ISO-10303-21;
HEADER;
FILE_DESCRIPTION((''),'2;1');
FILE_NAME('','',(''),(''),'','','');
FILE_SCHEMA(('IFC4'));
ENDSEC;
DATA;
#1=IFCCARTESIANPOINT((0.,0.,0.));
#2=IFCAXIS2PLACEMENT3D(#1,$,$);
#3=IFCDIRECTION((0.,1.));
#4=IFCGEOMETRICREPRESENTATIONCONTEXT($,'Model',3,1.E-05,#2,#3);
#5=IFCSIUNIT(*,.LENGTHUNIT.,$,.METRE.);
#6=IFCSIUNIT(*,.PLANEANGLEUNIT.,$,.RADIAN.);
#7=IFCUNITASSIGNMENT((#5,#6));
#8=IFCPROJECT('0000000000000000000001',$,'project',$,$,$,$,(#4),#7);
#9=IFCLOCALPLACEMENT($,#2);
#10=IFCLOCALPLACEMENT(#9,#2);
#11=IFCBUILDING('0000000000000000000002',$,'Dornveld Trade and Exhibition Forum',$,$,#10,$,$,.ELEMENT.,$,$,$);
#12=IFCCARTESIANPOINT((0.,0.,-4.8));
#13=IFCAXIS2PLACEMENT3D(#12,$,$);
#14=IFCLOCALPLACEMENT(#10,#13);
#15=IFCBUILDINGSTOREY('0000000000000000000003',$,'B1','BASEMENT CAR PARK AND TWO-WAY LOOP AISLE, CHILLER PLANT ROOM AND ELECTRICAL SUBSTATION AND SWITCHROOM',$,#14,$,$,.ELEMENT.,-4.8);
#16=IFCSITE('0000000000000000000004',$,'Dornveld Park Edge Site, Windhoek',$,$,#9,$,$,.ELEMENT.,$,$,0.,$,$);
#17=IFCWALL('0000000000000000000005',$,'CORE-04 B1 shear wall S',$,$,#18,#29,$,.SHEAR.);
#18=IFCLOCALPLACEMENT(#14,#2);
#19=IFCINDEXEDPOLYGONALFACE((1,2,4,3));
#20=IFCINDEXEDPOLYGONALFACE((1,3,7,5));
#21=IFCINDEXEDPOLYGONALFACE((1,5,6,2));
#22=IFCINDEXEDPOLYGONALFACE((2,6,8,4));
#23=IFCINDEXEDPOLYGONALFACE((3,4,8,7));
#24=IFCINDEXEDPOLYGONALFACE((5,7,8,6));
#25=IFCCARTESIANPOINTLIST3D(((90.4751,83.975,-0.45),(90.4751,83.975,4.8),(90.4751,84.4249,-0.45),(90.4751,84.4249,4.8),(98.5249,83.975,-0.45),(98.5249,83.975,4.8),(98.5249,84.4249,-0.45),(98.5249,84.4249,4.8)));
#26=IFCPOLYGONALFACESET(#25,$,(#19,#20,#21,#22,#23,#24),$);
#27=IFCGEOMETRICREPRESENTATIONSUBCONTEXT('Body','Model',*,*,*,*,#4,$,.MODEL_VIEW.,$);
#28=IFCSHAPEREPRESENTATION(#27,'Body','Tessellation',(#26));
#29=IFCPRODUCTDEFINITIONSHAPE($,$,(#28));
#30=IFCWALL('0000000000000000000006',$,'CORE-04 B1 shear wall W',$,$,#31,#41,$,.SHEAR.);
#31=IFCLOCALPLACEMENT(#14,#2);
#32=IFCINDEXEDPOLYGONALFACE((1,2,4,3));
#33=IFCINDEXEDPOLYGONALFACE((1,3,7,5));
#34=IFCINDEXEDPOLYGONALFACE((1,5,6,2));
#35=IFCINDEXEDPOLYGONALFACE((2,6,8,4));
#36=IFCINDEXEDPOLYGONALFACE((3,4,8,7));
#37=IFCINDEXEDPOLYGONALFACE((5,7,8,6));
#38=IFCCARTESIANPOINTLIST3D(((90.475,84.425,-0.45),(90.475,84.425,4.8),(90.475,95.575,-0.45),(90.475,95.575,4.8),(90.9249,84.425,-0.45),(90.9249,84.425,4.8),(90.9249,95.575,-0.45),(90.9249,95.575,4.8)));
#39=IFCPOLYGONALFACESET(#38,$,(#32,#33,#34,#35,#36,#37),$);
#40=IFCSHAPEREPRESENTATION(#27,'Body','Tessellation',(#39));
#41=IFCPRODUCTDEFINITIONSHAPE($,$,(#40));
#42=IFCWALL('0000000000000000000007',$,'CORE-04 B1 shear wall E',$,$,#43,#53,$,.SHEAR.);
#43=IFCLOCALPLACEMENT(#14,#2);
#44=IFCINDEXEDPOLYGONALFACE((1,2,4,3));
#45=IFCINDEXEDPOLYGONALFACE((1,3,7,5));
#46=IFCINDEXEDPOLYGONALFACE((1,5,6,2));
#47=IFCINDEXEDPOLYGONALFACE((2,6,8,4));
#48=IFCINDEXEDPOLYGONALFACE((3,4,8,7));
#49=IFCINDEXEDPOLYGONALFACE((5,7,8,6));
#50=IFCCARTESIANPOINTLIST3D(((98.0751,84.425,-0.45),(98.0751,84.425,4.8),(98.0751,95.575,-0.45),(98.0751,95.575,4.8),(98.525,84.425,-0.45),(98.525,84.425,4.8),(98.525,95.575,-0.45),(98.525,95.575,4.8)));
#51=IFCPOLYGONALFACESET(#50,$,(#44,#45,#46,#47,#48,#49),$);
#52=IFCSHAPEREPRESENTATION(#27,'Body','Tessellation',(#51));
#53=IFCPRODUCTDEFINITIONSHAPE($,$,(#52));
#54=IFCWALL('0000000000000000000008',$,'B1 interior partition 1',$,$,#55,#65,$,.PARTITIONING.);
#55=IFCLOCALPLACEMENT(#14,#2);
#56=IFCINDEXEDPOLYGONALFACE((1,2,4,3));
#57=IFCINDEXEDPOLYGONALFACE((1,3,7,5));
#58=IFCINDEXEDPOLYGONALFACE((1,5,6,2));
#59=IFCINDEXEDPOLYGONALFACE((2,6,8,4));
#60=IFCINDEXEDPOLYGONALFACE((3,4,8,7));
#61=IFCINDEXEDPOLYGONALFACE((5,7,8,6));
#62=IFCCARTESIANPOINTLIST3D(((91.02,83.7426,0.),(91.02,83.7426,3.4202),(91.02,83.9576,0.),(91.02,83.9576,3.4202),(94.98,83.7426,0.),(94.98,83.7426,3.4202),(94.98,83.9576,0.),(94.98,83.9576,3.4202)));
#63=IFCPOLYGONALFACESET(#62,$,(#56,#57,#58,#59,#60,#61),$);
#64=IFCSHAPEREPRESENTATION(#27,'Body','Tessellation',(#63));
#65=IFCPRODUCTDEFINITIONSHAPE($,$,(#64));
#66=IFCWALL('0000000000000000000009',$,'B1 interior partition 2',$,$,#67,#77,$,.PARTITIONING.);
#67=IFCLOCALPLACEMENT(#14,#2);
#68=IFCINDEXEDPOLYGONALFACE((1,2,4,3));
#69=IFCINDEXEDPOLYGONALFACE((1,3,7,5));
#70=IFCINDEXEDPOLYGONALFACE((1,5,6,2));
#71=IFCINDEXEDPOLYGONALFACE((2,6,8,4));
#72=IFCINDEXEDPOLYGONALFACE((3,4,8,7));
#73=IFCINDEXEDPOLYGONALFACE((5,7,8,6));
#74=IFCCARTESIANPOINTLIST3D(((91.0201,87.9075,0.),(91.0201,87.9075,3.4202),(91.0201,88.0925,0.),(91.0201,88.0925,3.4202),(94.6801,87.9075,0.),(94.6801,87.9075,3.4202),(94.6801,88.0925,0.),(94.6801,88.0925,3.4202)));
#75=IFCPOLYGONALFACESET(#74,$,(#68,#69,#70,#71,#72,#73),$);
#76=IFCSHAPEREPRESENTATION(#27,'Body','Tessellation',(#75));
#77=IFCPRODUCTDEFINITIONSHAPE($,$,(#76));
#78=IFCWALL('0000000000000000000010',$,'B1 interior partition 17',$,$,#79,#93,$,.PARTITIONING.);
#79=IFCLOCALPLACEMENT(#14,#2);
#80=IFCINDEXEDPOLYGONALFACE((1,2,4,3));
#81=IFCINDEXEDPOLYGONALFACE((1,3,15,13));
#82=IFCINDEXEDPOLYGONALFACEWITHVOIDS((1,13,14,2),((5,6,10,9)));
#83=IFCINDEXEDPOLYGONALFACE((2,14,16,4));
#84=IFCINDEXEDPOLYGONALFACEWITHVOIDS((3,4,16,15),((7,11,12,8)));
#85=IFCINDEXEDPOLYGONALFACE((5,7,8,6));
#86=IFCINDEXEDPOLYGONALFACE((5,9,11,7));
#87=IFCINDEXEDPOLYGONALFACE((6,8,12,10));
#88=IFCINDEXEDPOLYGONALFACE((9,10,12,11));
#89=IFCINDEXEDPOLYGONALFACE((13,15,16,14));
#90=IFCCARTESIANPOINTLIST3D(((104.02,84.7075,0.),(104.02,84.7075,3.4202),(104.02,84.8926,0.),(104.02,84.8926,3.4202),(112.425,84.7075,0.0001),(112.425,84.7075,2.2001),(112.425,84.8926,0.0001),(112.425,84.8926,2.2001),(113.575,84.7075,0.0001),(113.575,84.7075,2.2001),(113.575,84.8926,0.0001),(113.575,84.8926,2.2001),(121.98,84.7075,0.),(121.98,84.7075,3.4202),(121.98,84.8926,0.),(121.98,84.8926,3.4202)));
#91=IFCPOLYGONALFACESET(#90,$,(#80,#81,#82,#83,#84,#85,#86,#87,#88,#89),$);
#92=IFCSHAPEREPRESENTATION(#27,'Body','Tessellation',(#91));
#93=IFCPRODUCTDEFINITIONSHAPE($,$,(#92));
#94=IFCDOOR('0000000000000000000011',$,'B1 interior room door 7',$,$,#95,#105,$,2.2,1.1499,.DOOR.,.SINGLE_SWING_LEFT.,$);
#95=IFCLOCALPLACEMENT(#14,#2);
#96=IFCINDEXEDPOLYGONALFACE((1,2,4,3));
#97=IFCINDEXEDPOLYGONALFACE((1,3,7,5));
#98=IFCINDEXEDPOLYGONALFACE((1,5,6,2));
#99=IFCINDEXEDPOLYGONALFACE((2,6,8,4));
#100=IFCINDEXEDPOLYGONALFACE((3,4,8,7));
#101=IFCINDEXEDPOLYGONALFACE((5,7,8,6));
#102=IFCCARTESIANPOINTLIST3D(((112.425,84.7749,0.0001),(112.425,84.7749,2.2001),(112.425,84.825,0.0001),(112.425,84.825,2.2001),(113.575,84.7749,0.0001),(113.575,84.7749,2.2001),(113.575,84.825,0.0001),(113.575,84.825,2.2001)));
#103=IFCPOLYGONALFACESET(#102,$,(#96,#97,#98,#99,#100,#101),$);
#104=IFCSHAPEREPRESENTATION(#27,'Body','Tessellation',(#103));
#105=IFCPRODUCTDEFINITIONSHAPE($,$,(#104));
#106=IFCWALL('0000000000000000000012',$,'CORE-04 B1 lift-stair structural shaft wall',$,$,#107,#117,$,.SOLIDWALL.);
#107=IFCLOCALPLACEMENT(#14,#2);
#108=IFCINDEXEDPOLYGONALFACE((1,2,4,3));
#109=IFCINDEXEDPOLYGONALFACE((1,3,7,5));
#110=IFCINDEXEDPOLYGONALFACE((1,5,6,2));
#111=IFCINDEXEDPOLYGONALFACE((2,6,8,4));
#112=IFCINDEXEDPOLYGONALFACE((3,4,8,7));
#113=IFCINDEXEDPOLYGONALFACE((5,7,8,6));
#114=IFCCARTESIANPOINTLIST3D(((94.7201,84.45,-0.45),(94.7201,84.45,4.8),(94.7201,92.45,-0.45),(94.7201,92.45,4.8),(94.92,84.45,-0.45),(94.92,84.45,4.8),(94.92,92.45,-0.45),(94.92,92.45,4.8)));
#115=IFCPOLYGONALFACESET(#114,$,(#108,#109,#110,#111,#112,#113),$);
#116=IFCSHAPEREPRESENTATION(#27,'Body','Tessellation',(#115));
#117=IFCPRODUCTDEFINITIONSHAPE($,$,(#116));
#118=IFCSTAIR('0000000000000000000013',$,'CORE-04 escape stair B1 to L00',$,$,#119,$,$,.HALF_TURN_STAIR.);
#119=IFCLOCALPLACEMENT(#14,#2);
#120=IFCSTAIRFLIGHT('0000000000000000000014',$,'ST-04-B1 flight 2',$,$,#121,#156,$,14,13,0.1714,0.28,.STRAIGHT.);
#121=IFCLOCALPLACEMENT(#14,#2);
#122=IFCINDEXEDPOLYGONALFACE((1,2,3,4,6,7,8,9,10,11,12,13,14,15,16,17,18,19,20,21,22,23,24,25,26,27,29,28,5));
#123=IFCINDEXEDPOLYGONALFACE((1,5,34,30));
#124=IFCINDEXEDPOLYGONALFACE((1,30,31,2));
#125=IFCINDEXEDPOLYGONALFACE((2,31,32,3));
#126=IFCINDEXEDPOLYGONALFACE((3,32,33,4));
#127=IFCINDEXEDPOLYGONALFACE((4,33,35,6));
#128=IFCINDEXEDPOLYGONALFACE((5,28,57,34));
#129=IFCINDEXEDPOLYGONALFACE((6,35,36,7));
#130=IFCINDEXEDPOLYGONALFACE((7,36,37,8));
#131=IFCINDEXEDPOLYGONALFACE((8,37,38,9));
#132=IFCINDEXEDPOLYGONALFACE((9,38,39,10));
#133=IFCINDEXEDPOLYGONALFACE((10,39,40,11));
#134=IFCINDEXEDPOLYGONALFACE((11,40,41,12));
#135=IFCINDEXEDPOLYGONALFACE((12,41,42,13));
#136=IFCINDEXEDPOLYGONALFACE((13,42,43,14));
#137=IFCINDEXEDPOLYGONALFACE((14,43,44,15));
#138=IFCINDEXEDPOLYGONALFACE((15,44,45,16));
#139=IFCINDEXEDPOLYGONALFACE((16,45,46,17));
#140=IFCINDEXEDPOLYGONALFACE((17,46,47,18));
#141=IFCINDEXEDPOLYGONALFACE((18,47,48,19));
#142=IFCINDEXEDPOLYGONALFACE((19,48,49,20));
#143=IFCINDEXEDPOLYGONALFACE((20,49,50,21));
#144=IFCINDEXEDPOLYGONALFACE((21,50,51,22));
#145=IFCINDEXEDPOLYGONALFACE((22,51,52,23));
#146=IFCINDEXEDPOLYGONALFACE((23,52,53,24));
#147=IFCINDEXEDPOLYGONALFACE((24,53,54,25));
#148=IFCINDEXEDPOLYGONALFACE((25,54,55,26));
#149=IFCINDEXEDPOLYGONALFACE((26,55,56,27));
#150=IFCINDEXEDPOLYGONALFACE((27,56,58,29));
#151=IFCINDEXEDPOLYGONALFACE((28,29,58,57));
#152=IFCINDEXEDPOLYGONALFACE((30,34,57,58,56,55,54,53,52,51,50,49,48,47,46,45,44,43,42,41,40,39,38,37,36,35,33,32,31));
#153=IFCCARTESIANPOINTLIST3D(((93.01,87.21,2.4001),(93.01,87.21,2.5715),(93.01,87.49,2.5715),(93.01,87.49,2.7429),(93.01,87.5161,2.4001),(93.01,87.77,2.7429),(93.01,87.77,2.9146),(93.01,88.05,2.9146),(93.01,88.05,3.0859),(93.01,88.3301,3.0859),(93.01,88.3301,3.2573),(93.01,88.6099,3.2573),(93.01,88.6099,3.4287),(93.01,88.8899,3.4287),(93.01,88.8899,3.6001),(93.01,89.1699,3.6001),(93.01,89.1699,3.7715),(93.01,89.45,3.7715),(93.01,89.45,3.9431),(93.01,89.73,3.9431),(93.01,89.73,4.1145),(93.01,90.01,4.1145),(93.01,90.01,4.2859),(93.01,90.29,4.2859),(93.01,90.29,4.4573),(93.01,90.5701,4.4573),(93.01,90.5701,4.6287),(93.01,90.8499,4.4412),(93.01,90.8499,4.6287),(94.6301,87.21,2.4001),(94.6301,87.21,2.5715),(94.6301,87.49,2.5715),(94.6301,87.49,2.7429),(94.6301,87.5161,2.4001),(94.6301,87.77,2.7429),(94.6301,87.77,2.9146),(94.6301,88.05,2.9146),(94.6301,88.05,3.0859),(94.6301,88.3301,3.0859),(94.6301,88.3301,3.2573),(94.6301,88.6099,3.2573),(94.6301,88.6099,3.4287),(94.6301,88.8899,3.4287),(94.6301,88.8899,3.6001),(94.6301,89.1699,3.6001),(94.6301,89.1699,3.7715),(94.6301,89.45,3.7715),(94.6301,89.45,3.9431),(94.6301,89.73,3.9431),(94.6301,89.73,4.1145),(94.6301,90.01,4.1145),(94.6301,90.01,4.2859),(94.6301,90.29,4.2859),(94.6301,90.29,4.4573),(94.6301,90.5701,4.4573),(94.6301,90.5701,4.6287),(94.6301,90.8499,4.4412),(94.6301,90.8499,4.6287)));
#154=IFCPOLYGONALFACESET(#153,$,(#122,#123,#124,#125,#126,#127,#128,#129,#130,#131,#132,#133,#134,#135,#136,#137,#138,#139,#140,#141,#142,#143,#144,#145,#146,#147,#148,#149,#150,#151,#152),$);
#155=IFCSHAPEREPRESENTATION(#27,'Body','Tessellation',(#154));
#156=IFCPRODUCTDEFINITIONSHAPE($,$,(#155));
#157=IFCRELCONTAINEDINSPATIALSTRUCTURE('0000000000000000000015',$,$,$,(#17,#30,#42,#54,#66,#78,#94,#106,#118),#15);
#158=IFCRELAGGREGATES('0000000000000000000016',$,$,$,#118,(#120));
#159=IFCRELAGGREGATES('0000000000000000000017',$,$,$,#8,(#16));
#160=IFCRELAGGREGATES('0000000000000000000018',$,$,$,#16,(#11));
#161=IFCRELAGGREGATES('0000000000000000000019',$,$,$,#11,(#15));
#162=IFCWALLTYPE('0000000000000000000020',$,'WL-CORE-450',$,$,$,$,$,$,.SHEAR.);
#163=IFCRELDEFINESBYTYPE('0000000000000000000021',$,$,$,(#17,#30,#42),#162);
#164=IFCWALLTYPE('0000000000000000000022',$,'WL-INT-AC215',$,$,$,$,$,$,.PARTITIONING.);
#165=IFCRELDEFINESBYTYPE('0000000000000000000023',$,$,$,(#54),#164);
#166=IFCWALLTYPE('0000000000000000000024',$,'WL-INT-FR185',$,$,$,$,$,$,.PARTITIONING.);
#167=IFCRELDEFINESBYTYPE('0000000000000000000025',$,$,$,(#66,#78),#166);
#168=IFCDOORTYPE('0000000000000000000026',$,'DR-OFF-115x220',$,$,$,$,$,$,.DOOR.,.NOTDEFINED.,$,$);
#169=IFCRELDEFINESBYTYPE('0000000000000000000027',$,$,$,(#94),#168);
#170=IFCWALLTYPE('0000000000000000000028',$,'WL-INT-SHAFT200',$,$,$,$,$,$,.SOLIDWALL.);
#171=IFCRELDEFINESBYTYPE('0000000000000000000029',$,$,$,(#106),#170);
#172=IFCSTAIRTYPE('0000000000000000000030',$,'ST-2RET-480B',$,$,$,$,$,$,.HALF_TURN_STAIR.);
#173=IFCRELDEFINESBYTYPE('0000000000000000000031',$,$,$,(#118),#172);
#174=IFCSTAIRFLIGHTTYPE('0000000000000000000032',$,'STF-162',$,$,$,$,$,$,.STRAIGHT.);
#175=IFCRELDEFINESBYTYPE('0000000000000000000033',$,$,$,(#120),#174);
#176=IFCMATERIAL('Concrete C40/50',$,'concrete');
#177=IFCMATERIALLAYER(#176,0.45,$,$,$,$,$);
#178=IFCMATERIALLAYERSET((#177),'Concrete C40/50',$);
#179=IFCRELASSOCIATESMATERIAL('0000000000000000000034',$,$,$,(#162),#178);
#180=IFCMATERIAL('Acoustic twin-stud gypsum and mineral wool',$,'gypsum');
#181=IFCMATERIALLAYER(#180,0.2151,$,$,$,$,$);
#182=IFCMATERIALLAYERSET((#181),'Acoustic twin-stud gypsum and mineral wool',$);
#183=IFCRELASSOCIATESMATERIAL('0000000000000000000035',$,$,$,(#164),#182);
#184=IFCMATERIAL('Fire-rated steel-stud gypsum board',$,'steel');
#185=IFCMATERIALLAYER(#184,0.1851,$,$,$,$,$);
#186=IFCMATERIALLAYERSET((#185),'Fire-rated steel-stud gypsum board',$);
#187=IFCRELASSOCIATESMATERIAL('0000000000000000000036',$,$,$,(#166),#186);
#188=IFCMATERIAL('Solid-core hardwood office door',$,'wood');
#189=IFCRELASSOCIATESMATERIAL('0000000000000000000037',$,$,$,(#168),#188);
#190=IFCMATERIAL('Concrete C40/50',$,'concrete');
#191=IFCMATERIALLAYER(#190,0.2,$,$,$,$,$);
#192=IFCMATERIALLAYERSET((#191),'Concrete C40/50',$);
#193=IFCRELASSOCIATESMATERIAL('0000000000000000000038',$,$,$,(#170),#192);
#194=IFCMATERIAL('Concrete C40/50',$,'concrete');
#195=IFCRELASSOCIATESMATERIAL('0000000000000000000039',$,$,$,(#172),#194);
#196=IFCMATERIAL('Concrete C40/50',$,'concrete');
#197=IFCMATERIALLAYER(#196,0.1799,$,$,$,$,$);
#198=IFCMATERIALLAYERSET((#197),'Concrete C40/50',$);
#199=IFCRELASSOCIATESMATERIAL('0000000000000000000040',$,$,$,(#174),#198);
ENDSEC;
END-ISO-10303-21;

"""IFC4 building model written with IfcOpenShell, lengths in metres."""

from ifc_helpers import new_model, si_unit, direction, frame, frame_2d, origin, place, context, subcontext, project, spatial, polyline, rectangle, outline, extrude, material, layer, layer_set, type_object, element, fill, aggregate, save


model = new_model("IFC4")

# Units and contexts
model_context = context("Model", 3, precision=1e-05, world=origin(), true_north=direction((0.0, 1.0)))
body_context = subcontext(model_context, "Body", "Model", "MODEL_VIEW")
ifc_project = project(units=[si_unit("LENGTHUNIT", "METRE"), si_unit("PLANEANGLEUNIT", "RADIAN")], contexts=[model_context])

# Site, building, storey
site_placement = place(None, origin())
site = spatial("IfcSite", under=ifc_project, at=site_placement, Name="Dornveld Park Edge Site, Windhoek", CompositionType="ELEMENT", RefElevation=0.0)
building_placement = place(site_placement, origin())
building = spatial("IfcBuilding", under=site, at=building_placement, Name="Dornveld Trade and Exhibition Forum", CompositionType="ELEMENT")
storey_placement = place(building_placement, frame((0.0, 0.0, -4.8)))
storey = spatial("IfcBuildingStorey", under=building, at=storey_placement, Name="B1", Description="BASEMENT CAR PARK AND TWO-WAY LOOP AISLE, CHILLER PLANT ROOM AND ELECTRICAL SUBSTATION AND SWITCHROOM", CompositionType="ELEMENT", Elevation=-4.8)

# Walls
ifc_material_1 = material(Name="Concrete C40/50", Category="concrete")
ifc_layer_1 = layer(ifc_material_1, 0.45)
ifc_layer_set_1 = layer_set([ifc_layer_1], Name="Concrete C40/50")
wall_type_1 = type_object("IfcWallType", Name="WL-CORE-450", PredefinedType="SHEAR", material=ifc_layer_set_1)
wall_1_placement = place(storey_placement, frame((90.4751, 84.2, -0.45), z_axis=(0.0, 0.0, 1.0), x_axis=(1.0, 0.0, 0.0)))
element("IfcWall", 1, at=wall_1_placement, inside=storey, type_object=wall_type_1, Name="CORE-04 B1 shear wall S", PredefinedType="SHEAR", context=body_context, shape_type="SweptSolid", body=[
    extrude(rectangle(XDim=8.0498, YDim=0.45, at=frame_2d((4.0249, 0.0))), origin(), (0.0, 0.0, 1.0), 5.25),
])
for number, where, z_axis, x_axis, name in (
    (2, (90.7, 84.425, -0.45), (0.0, 0.0, 1.0), (0.0, 1.0, 0.0), "CORE-04 B1 shear wall W"),
    (3, (98.3, 84.425, -0.45), (0.0, 0.0, 1.0), (0.0, 1.0, 0.0), "CORE-04 B1 shear wall E"),
):
    element("IfcWall", number, at=place(storey_placement, frame(where, z_axis=z_axis, x_axis=x_axis)), inside=storey, type_object=wall_type_1, Name=name, PredefinedType="SHEAR", context=body_context, shape_type="SweptSolid", body=[
        extrude(rectangle(XDim=11.1499, YDim=0.45, at=frame_2d((5.575, 0.0))), origin(), (0.0, 0.0, 1.0), 5.25),
    ])
ifc_material_2 = material(Name="Acoustic twin-stud gypsum and mineral wool", Category="gypsum")
ifc_layer_2 = layer(ifc_material_2, 0.2151)
ifc_layer_set_2 = layer_set([ifc_layer_2], Name="Acoustic twin-stud gypsum and mineral wool")
wall_type_2 = type_object("IfcWallType", Name="WL-INT-AC215", PredefinedType="PARTITIONING", material=ifc_layer_set_2)
wall_2_placement = place(storey_placement, frame((91.02, 83.8501, 0.0), z_axis=(0.0, 0.0, 1.0), x_axis=(1.0, 0.0, 0.0)))
element("IfcWall", 4, at=wall_2_placement, inside=storey, type_object=wall_type_2, Name="B1 interior partition 1", PredefinedType="PARTITIONING", context=body_context, shape_type="SweptSolid", body=[
    extrude(rectangle(XDim=3.96, YDim=0.2151, at=frame_2d((1.98, 0.0))), origin(), (0.0, 0.0, 1.0), 3.4202),
])

# Wall
ifc_material_3 = material(Name="Fire-rated steel-stud gypsum board", Category="steel")
ifc_layer_3 = layer(ifc_material_3, 0.1851)
ifc_layer_set_3 = layer_set([ifc_layer_3], Name="Fire-rated steel-stud gypsum board")
wall_type_3 = type_object("IfcWallType", Name="WL-INT-FR185", PredefinedType="PARTITIONING", material=ifc_layer_set_3)
wall_3_placement = place(storey_placement, frame((91.02, 88.0, 0.0), z_axis=(0.0, 0.0, 1.0), x_axis=(1.0, 0.0, 0.0)))
element("IfcWall", 5, at=wall_3_placement, inside=storey, type_object=wall_type_3, Name="B1 interior partition 2", PredefinedType="PARTITIONING", context=body_context, shape_type="SweptSolid", body=[
    extrude(rectangle(XDim=3.6599, YDim=0.1851, at=frame_2d((1.8301, 0.0))), origin(), (0.0, 0.0, 1.0), 3.4202),
])

# Wall, opening, door
wall_4_placement = place(storey_placement, frame((104.02, 84.8, 0.0), z_axis=(0.0, 0.0, 1.0), x_axis=(1.0, 0.0, 0.0)))
wall_4 = element("IfcWall", 6, at=wall_4_placement, inside=storey, type_object=wall_type_3, Name="B1 interior partition 17", PredefinedType="PARTITIONING", context=body_context, shape_type="SweptSolid", body=[
    extrude(rectangle(XDim=17.96, YDim=0.1851, at=frame_2d((8.98, 0.0))), origin(), (0.0, 0.0, 1.0), 3.4202),
])
opening_1_placement = place(wall_4_placement, frame((8.405, 0.0, 0.0)))
opening_1 = element("IfcOpeningElement", 7, at=opening_1_placement, cuts=wall_4, PredefinedType="OPENING", context=body_context, shape_type="SweptSolid", body=[
    extrude(rectangle(XDim=1.1499, YDim=2.2, at=frame_2d((0.575, 1.1001))), frame((0.0, 0.1025, 0.0), z_axis=(0.0, -1.0, 0.0), x_axis=(1.0, 0.0, 0.0)), (0.0, 0.0, 1.0), 0.2051),
])
ifc_material_4 = material(Name="Solid-core hardwood office door", Category="wood")
door_type_1 = type_object("IfcDoorType", Name="DR-OFF-115x220", OperationType="NOTDEFINED", PredefinedType="DOOR", material=ifc_material_4)
door_1_placement = place(opening_1_placement, origin())
door_1 = element("IfcDoor", 8, at=door_1_placement, inside=storey, type_object=door_type_1, Name="B1 interior room door 7", OperationType="SINGLE_SWING_LEFT", OverallHeight=2.2, OverallWidth=1.1499, PredefinedType="DOOR", context=body_context, shape_type="SweptSolid", body=[
    extrude(rectangle(XDim=1.1499, YDim=2.2, at=frame_2d((0.575, 1.1001))), frame((0.0, 0.0249, 0.0), z_axis=(0.0, -1.0, 0.0), x_axis=(1.0, 0.0, 0.0)), (0.0, 0.0, 1.0), 0.05),
])
fill(opening_1, door_1)

# Wall
ifc_material_5 = material(Name="Concrete C40/50", Category="concrete")
ifc_layer_4 = layer(ifc_material_5, 0.2)
ifc_layer_set_4 = layer_set([ifc_layer_4], Name="Concrete C40/50")
wall_type_4 = type_object("IfcWallType", Name="WL-INT-SHAFT200", PredefinedType="SOLIDWALL", material=ifc_layer_set_4)
wall_5_placement = place(storey_placement, frame((94.8201, 84.45, -0.45), z_axis=(0.0, 0.0, 1.0), x_axis=(0.0, 1.0, 0.0)))
element("IfcWall", 9, at=wall_5_placement, inside=storey, type_object=wall_type_4, Name="CORE-04 B1 lift-stair structural shaft wall", PredefinedType="SOLIDWALL", context=body_context, shape_type="SweptSolid", body=[
    extrude(rectangle(XDim=8.0, YDim=0.2, at=frame_2d((4.0, 0.0))), origin(), (0.0, 0.0, 1.0), 5.25),
])

# Stair, stair flight
ifc_material_6 = material(Name="Concrete C40/50", Category="concrete")
stair_type = type_object("IfcStairType", Name="ST-2RET-480B", PredefinedType="HALF_TURN_STAIR", material=ifc_material_6)
stair_placement = place(storey_placement, origin())
stair = element("IfcStair", 10, at=stair_placement, inside=storey, type_object=stair_type, Name="CORE-04 escape stair B1 to L00", PredefinedType="HALF_TURN_STAIR")
ifc_material_7 = material(Name="Concrete C40/50", Category="concrete")
ifc_layer_5 = layer(ifc_material_7, 0.1799)
ifc_layer_set_5 = layer_set([ifc_layer_5], Name="Concrete C40/50")
stair_flight_type = type_object("IfcStairFlightType", Name="STF-162", PredefinedType="STRAIGHT", material=ifc_layer_set_5)
stair_flight_placement = place(storey_placement, frame((93.8201, 87.21, 2.4001), z_axis=(0.0, 0.0, 1.0), x_axis=(0.0, 1.0, 0.0)))
stair_flight = element("IfcStairFlight", 11, at=stair_flight_placement, type_object=stair_flight_type, Name="ST-04-B1 flight 2", NumberOfRisers=14, NumberOfTreads=13, PredefinedType="STRAIGHT", RiserHeight=0.1714, TreadLength=0.28, context=body_context, shape_type="SweptSolid", body=[
    extrude(outline(polyline([(0.0, 0.0), (0.0, 0.1714), (0.28, 0.1714), (0.28, 0.3428), (0.5601, 0.3428), (0.5601, 0.5144), (0.8401, 0.5144), (0.8401, 0.6858), (1.1201, 0.6858), (1.1201, 0.8572), (1.3999, 0.8572), (1.3999, 1.0286), (1.6799, 1.0286), (1.6799, 1.2), (1.96, 1.2), (1.96, 1.3713), (2.24, 1.3713), (2.24, 1.543), (2.52, 1.543), (2.52, 1.7144), (2.8, 1.7144), (2.8, 1.8857), (3.0801, 1.8857), (3.0801, 2.0571), (3.3601, 2.0571), (3.3601, 2.2285), (3.6399, 2.2285), (3.6399, 2.3999), (3.6399, 2.041), (0.3062, 0.0), (0.0, 0.0)])), frame((0.0, 0.8101, 0.0), z_axis=(0.0, -1.0, 0.0), x_axis=(1.0, 0.0, 0.0)), (0.0, 0.0, 1.0), 1.6201),
])
aggregate(stair, [stair_flight])

save(model, "model.ifc")
